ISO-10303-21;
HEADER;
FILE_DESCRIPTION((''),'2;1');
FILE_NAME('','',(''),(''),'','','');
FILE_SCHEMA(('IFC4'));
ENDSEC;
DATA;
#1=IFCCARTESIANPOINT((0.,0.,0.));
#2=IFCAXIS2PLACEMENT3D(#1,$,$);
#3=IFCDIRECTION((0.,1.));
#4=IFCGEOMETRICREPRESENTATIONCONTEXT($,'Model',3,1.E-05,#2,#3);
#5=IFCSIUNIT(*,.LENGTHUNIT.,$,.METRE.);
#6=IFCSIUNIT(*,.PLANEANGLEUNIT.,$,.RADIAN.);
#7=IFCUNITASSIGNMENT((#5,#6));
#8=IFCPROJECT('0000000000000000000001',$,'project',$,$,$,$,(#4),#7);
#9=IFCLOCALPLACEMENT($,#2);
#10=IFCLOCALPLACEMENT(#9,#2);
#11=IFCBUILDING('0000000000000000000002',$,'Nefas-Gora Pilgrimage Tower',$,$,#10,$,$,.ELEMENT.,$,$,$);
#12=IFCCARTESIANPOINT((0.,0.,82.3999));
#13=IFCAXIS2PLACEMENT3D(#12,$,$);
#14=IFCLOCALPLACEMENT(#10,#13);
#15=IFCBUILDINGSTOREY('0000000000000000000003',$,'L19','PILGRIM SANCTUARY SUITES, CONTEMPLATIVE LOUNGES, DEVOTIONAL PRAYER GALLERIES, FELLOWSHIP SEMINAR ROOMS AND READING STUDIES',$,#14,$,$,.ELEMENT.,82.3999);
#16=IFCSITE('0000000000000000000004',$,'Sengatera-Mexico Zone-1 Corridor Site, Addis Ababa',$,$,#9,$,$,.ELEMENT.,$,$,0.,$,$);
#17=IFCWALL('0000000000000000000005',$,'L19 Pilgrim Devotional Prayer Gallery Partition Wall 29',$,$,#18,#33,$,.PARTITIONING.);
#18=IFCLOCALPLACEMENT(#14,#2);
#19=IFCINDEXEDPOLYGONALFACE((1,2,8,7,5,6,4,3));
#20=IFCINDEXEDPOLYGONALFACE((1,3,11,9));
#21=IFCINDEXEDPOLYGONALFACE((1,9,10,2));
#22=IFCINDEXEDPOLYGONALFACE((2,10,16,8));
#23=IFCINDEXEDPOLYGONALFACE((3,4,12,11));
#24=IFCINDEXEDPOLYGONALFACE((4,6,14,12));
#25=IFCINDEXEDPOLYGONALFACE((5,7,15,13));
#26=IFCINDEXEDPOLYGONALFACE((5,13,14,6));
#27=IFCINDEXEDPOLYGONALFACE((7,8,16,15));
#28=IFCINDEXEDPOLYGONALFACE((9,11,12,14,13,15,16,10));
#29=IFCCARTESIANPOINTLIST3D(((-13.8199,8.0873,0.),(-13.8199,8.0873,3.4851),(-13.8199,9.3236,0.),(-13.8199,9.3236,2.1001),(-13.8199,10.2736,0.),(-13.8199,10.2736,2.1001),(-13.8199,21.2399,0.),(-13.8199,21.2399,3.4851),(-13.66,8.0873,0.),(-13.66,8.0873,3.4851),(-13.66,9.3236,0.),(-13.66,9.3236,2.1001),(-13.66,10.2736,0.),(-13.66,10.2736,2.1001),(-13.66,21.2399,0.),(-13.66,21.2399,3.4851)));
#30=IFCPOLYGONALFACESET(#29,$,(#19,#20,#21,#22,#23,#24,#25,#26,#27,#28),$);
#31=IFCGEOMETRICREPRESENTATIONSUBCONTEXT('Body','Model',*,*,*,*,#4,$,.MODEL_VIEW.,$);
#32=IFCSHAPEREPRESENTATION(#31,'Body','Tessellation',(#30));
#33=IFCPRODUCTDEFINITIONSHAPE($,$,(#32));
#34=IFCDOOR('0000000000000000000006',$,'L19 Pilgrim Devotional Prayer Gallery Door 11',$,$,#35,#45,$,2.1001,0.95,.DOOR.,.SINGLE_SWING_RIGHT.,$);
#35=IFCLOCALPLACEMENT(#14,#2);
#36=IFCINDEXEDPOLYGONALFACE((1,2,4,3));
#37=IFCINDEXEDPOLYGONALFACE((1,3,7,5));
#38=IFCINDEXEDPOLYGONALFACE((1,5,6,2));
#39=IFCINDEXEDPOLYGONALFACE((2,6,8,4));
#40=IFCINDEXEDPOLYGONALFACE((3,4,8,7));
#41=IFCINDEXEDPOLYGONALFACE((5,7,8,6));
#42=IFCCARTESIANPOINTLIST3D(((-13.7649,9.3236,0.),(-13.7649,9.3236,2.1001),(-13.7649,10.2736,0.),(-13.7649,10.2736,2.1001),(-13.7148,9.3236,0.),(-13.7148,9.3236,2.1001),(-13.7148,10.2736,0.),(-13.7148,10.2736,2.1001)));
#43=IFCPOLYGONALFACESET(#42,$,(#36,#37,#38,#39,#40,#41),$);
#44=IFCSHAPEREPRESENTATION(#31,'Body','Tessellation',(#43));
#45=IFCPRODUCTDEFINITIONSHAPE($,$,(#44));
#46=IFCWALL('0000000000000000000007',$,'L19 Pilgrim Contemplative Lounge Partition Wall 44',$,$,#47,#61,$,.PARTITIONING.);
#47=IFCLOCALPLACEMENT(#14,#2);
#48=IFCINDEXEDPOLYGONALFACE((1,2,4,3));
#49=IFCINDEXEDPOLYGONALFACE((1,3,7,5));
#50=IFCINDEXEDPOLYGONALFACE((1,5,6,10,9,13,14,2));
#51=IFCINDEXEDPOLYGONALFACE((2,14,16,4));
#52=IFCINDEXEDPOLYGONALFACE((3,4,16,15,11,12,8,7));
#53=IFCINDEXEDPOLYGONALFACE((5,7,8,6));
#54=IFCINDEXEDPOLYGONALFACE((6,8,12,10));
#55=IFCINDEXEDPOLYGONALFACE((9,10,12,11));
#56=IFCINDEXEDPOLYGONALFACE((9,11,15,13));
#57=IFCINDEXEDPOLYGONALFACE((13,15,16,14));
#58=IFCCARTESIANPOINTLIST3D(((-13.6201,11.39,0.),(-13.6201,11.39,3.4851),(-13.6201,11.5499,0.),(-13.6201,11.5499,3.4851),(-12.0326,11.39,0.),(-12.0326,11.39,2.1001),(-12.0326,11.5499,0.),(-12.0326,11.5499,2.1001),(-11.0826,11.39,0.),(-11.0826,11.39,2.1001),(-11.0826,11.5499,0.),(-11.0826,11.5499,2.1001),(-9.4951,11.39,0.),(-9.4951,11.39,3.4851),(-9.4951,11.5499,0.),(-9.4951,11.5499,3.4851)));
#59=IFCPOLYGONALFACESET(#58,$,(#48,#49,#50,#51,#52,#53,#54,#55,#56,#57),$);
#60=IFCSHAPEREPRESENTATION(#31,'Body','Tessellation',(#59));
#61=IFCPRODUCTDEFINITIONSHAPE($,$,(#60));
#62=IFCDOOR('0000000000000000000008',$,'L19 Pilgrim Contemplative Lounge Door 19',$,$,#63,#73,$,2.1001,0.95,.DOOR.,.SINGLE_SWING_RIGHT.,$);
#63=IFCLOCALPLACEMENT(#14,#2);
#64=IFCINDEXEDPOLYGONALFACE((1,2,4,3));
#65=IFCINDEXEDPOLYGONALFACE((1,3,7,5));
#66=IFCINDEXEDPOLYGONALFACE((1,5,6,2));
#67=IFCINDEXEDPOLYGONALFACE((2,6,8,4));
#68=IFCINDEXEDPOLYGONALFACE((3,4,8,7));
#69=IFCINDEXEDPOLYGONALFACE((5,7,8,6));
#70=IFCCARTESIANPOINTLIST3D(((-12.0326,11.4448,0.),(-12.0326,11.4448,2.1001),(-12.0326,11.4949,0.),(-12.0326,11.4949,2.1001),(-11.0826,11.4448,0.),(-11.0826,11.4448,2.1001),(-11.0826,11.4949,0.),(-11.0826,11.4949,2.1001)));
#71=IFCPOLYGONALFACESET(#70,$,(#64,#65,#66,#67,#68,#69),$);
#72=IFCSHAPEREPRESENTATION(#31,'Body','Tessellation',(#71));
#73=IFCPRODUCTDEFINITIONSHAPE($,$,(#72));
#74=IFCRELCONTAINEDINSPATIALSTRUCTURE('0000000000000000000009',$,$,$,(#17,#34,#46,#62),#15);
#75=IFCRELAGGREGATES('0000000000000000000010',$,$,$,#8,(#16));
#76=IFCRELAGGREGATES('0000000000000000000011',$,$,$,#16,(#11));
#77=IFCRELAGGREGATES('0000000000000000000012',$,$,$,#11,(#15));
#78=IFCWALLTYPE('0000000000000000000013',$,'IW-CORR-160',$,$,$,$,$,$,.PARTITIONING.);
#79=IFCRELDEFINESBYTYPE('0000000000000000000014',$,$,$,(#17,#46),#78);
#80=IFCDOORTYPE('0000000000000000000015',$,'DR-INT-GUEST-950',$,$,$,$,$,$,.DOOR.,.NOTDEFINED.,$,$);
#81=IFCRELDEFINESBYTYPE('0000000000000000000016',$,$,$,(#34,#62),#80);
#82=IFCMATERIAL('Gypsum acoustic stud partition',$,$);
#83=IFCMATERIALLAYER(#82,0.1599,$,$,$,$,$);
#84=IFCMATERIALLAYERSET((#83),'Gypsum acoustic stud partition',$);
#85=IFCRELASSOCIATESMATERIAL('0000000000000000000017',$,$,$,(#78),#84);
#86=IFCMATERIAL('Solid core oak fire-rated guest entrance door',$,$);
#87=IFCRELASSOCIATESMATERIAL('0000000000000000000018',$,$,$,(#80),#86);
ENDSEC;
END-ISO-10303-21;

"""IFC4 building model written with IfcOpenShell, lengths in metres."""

from ifc_helpers import new_model, si_unit, direction, frame, frame_2d, origin, place, context, subcontext, project, spatial, rectangle, extrude, source, transform, mapped, material, layer, layer_set, type_object, element, fill, save


model = new_model("IFC4")

# Units and contexts
model_context = context("Model", 3, precision=1e-05, world=origin(), true_north=direction((0.0, 1.0)))
body_context = subcontext(model_context, "Body", "Model", "MODEL_VIEW")
ifc_project = project(units=[si_unit("LENGTHUNIT", "METRE"), si_unit("PLANEANGLEUNIT", "RADIAN")], contexts=[model_context])

# Site, building, storey
site_placement = place(None, origin())
site = spatial("IfcSite", under=ifc_project, at=site_placement, Name="Sengatera-Mexico Zone-1 Corridor Site, Addis Ababa", CompositionType="ELEMENT", RefElevation=0.0)
building_placement = place(site_placement, origin())
building = spatial("IfcBuilding", under=site, at=building_placement, Name="Nefas-Gora Pilgrimage Tower", CompositionType="ELEMENT")
storey_placement = place(building_placement, frame((0.0, 0.0, 82.3999)))
storey = spatial("IfcBuildingStorey", under=building, at=storey_placement, Name="L19", Description="PILGRIM SANCTUARY SUITES, CONTEMPLATIVE LOUNGES, DEVOTIONAL PRAYER GALLERIES, FELLOWSHIP SEMINAR ROOMS AND READING STUDIES", CompositionType="ELEMENT", Elevation=82.3999)

# Walls, openings, doors
ifc_material_1 = material(Name="Gypsum acoustic stud partition")
ifc_layer_1 = layer(ifc_material_1, 0.1599)
ifc_layer_set_1 = layer_set([ifc_layer_1], Name="Gypsum acoustic stud partition")
wall_type_1 = type_object("IfcWallType", Name="IW-CORR-160", PredefinedType="PARTITIONING", material=ifc_layer_set_1)
shared_shape_1 = source(origin(), body_context, "Body", "SweptSolid", [
    extrude(rectangle(XDim=13.1526, YDim=0.1599, at=frame_2d((6.5762, 0.0))), origin(), (0.0, 0.0, 1.0), 3.4851),
])
wall_1_placement = place(storey_placement, frame((-13.74, 8.0874, 0.0), z_axis=(0.0, 0.0, 1.0), x_axis=(0.0, 1.0, 0.0)))
wall_1 = element("IfcWall", 1, at=wall_1_placement, inside=storey, type_object=wall_type_1, Name="L19 Pilgrim Devotional Prayer Gallery Partition Wall 29", PredefinedType="PARTITIONING", context=body_context, shape_type="MappedRepresentation", body=[
    mapped(shared_shape_1, transform((0.0, 0.0, 0.0), x_axis=(1.0, 0.0, 0.0), y_axis=(0.0, 1.0, 0.0), z_axis=(0.0, 0.0, 1.0), scale=1.0)),
])
opening_1_placement = place(wall_1_placement, frame((1.2361, 0.0, 0.0)))
opening_1 = element("IfcOpeningElement", 2, at=opening_1_placement, cuts=wall_1, PredefinedType="OPENING", context=body_context, shape_type="SweptSolid", body=[
    extrude(rectangle(XDim=0.95, YDim=2.1001, at=frame_2d((0.4751, 1.05))), frame((0.0, 0.0898, 0.0), z_axis=(0.0, -1.0, 0.0), x_axis=(1.0, 0.0, 0.0)), (0.0, 0.0, 1.0), 0.1799),
])
ifc_material_2 = material(Name="Solid core oak fire-rated guest entrance door")
door_type = type_object("IfcDoorType", Name="DR-INT-GUEST-950", OperationType="NOTDEFINED", PredefinedType="DOOR", material=ifc_material_2)
shared_shape_2 = source(origin(), body_context, "Body", "SweptSolid", [
    extrude(rectangle(XDim=0.95, YDim=2.1001, at=frame_2d((0.4751, 1.05))), frame((0.0, 0.0249, 0.0), z_axis=(0.0, -1.0, 0.0), x_axis=(1.0, 0.0, 0.0)), (0.0, 0.0, 1.0), 0.05),
])
door_1_placement = place(opening_1_placement, origin())
door_1 = element("IfcDoor", 3, at=door_1_placement, inside=storey, type_object=door_type, Name="L19 Pilgrim Devotional Prayer Gallery Door 11", OperationType="SINGLE_SWING_RIGHT", OverallHeight=2.1001, OverallWidth=0.95, PredefinedType="DOOR", context=body_context, shape_type="MappedRepresentation", body=[
    mapped(shared_shape_2, transform((0.0, 0.0, 0.0), x_axis=(1.0, 0.0, 0.0), y_axis=(0.0, 1.0, 0.0), z_axis=(0.0, 0.0, 1.0), scale=1.0)),
])
fill(opening_1, door_1)
shared_shape_3 = source(origin(), body_context, "Body", "SweptSolid", [
    extrude(rectangle(XDim=4.125, YDim=0.1599, at=frame_2d((2.0625, 0.0))), origin(), (0.0, 0.0, 1.0), 3.4851),
])
wall_2_placement = place(storey_placement, frame((-13.6201, 11.47, 0.0), z_axis=(0.0, 0.0, 1.0), x_axis=(1.0, 0.0, 0.0)))
wall_2 = element("IfcWall", 4, at=wall_2_placement, inside=storey, type_object=wall_type_1, Name="L19 Pilgrim Contemplative Lounge Partition Wall 44", PredefinedType="PARTITIONING", context=body_context, shape_type="MappedRepresentation", body=[
    mapped(shared_shape_3, transform((0.0, 0.0, 0.0), x_axis=(1.0, 0.0, 0.0), y_axis=(0.0, 1.0, 0.0), z_axis=(0.0, 0.0, 1.0), scale=1.0)),
])
opening_2_placement = place(wall_2_placement, frame((1.5874, 0.0, 0.0)))
opening_2 = element("IfcOpeningElement", 5, at=opening_2_placement, cuts=wall_2, PredefinedType="OPENING", context=body_context, shape_type="SweptSolid", body=[
    extrude(rectangle(XDim=0.95, YDim=2.1001, at=frame_2d((0.4751, 1.05))), frame((0.0, 0.0898, 0.0), z_axis=(0.0, -1.0, 0.0), x_axis=(1.0, 0.0, 0.0)), (0.0, 0.0, 1.0), 0.1799),
])
door_2_placement = place(opening_2_placement, origin())
door_2 = element("IfcDoor", 6, at=door_2_placement, inside=storey, type_object=door_type, Name="L19 Pilgrim Contemplative Lounge Door 19", OperationType="SINGLE_SWING_RIGHT", OverallHeight=2.1001, OverallWidth=0.95, PredefinedType="DOOR", context=body_context, shape_type="MappedRepresentation", body=[
    mapped(shared_shape_2, transform((0.0, 0.0, 0.0), x_axis=(1.0, 0.0, 0.0), y_axis=(0.0, 1.0, 0.0), z_axis=(0.0, 0.0, 1.0), scale=1.0)),
])
fill(opening_2, door_2)

save(model, "model.ifc")
